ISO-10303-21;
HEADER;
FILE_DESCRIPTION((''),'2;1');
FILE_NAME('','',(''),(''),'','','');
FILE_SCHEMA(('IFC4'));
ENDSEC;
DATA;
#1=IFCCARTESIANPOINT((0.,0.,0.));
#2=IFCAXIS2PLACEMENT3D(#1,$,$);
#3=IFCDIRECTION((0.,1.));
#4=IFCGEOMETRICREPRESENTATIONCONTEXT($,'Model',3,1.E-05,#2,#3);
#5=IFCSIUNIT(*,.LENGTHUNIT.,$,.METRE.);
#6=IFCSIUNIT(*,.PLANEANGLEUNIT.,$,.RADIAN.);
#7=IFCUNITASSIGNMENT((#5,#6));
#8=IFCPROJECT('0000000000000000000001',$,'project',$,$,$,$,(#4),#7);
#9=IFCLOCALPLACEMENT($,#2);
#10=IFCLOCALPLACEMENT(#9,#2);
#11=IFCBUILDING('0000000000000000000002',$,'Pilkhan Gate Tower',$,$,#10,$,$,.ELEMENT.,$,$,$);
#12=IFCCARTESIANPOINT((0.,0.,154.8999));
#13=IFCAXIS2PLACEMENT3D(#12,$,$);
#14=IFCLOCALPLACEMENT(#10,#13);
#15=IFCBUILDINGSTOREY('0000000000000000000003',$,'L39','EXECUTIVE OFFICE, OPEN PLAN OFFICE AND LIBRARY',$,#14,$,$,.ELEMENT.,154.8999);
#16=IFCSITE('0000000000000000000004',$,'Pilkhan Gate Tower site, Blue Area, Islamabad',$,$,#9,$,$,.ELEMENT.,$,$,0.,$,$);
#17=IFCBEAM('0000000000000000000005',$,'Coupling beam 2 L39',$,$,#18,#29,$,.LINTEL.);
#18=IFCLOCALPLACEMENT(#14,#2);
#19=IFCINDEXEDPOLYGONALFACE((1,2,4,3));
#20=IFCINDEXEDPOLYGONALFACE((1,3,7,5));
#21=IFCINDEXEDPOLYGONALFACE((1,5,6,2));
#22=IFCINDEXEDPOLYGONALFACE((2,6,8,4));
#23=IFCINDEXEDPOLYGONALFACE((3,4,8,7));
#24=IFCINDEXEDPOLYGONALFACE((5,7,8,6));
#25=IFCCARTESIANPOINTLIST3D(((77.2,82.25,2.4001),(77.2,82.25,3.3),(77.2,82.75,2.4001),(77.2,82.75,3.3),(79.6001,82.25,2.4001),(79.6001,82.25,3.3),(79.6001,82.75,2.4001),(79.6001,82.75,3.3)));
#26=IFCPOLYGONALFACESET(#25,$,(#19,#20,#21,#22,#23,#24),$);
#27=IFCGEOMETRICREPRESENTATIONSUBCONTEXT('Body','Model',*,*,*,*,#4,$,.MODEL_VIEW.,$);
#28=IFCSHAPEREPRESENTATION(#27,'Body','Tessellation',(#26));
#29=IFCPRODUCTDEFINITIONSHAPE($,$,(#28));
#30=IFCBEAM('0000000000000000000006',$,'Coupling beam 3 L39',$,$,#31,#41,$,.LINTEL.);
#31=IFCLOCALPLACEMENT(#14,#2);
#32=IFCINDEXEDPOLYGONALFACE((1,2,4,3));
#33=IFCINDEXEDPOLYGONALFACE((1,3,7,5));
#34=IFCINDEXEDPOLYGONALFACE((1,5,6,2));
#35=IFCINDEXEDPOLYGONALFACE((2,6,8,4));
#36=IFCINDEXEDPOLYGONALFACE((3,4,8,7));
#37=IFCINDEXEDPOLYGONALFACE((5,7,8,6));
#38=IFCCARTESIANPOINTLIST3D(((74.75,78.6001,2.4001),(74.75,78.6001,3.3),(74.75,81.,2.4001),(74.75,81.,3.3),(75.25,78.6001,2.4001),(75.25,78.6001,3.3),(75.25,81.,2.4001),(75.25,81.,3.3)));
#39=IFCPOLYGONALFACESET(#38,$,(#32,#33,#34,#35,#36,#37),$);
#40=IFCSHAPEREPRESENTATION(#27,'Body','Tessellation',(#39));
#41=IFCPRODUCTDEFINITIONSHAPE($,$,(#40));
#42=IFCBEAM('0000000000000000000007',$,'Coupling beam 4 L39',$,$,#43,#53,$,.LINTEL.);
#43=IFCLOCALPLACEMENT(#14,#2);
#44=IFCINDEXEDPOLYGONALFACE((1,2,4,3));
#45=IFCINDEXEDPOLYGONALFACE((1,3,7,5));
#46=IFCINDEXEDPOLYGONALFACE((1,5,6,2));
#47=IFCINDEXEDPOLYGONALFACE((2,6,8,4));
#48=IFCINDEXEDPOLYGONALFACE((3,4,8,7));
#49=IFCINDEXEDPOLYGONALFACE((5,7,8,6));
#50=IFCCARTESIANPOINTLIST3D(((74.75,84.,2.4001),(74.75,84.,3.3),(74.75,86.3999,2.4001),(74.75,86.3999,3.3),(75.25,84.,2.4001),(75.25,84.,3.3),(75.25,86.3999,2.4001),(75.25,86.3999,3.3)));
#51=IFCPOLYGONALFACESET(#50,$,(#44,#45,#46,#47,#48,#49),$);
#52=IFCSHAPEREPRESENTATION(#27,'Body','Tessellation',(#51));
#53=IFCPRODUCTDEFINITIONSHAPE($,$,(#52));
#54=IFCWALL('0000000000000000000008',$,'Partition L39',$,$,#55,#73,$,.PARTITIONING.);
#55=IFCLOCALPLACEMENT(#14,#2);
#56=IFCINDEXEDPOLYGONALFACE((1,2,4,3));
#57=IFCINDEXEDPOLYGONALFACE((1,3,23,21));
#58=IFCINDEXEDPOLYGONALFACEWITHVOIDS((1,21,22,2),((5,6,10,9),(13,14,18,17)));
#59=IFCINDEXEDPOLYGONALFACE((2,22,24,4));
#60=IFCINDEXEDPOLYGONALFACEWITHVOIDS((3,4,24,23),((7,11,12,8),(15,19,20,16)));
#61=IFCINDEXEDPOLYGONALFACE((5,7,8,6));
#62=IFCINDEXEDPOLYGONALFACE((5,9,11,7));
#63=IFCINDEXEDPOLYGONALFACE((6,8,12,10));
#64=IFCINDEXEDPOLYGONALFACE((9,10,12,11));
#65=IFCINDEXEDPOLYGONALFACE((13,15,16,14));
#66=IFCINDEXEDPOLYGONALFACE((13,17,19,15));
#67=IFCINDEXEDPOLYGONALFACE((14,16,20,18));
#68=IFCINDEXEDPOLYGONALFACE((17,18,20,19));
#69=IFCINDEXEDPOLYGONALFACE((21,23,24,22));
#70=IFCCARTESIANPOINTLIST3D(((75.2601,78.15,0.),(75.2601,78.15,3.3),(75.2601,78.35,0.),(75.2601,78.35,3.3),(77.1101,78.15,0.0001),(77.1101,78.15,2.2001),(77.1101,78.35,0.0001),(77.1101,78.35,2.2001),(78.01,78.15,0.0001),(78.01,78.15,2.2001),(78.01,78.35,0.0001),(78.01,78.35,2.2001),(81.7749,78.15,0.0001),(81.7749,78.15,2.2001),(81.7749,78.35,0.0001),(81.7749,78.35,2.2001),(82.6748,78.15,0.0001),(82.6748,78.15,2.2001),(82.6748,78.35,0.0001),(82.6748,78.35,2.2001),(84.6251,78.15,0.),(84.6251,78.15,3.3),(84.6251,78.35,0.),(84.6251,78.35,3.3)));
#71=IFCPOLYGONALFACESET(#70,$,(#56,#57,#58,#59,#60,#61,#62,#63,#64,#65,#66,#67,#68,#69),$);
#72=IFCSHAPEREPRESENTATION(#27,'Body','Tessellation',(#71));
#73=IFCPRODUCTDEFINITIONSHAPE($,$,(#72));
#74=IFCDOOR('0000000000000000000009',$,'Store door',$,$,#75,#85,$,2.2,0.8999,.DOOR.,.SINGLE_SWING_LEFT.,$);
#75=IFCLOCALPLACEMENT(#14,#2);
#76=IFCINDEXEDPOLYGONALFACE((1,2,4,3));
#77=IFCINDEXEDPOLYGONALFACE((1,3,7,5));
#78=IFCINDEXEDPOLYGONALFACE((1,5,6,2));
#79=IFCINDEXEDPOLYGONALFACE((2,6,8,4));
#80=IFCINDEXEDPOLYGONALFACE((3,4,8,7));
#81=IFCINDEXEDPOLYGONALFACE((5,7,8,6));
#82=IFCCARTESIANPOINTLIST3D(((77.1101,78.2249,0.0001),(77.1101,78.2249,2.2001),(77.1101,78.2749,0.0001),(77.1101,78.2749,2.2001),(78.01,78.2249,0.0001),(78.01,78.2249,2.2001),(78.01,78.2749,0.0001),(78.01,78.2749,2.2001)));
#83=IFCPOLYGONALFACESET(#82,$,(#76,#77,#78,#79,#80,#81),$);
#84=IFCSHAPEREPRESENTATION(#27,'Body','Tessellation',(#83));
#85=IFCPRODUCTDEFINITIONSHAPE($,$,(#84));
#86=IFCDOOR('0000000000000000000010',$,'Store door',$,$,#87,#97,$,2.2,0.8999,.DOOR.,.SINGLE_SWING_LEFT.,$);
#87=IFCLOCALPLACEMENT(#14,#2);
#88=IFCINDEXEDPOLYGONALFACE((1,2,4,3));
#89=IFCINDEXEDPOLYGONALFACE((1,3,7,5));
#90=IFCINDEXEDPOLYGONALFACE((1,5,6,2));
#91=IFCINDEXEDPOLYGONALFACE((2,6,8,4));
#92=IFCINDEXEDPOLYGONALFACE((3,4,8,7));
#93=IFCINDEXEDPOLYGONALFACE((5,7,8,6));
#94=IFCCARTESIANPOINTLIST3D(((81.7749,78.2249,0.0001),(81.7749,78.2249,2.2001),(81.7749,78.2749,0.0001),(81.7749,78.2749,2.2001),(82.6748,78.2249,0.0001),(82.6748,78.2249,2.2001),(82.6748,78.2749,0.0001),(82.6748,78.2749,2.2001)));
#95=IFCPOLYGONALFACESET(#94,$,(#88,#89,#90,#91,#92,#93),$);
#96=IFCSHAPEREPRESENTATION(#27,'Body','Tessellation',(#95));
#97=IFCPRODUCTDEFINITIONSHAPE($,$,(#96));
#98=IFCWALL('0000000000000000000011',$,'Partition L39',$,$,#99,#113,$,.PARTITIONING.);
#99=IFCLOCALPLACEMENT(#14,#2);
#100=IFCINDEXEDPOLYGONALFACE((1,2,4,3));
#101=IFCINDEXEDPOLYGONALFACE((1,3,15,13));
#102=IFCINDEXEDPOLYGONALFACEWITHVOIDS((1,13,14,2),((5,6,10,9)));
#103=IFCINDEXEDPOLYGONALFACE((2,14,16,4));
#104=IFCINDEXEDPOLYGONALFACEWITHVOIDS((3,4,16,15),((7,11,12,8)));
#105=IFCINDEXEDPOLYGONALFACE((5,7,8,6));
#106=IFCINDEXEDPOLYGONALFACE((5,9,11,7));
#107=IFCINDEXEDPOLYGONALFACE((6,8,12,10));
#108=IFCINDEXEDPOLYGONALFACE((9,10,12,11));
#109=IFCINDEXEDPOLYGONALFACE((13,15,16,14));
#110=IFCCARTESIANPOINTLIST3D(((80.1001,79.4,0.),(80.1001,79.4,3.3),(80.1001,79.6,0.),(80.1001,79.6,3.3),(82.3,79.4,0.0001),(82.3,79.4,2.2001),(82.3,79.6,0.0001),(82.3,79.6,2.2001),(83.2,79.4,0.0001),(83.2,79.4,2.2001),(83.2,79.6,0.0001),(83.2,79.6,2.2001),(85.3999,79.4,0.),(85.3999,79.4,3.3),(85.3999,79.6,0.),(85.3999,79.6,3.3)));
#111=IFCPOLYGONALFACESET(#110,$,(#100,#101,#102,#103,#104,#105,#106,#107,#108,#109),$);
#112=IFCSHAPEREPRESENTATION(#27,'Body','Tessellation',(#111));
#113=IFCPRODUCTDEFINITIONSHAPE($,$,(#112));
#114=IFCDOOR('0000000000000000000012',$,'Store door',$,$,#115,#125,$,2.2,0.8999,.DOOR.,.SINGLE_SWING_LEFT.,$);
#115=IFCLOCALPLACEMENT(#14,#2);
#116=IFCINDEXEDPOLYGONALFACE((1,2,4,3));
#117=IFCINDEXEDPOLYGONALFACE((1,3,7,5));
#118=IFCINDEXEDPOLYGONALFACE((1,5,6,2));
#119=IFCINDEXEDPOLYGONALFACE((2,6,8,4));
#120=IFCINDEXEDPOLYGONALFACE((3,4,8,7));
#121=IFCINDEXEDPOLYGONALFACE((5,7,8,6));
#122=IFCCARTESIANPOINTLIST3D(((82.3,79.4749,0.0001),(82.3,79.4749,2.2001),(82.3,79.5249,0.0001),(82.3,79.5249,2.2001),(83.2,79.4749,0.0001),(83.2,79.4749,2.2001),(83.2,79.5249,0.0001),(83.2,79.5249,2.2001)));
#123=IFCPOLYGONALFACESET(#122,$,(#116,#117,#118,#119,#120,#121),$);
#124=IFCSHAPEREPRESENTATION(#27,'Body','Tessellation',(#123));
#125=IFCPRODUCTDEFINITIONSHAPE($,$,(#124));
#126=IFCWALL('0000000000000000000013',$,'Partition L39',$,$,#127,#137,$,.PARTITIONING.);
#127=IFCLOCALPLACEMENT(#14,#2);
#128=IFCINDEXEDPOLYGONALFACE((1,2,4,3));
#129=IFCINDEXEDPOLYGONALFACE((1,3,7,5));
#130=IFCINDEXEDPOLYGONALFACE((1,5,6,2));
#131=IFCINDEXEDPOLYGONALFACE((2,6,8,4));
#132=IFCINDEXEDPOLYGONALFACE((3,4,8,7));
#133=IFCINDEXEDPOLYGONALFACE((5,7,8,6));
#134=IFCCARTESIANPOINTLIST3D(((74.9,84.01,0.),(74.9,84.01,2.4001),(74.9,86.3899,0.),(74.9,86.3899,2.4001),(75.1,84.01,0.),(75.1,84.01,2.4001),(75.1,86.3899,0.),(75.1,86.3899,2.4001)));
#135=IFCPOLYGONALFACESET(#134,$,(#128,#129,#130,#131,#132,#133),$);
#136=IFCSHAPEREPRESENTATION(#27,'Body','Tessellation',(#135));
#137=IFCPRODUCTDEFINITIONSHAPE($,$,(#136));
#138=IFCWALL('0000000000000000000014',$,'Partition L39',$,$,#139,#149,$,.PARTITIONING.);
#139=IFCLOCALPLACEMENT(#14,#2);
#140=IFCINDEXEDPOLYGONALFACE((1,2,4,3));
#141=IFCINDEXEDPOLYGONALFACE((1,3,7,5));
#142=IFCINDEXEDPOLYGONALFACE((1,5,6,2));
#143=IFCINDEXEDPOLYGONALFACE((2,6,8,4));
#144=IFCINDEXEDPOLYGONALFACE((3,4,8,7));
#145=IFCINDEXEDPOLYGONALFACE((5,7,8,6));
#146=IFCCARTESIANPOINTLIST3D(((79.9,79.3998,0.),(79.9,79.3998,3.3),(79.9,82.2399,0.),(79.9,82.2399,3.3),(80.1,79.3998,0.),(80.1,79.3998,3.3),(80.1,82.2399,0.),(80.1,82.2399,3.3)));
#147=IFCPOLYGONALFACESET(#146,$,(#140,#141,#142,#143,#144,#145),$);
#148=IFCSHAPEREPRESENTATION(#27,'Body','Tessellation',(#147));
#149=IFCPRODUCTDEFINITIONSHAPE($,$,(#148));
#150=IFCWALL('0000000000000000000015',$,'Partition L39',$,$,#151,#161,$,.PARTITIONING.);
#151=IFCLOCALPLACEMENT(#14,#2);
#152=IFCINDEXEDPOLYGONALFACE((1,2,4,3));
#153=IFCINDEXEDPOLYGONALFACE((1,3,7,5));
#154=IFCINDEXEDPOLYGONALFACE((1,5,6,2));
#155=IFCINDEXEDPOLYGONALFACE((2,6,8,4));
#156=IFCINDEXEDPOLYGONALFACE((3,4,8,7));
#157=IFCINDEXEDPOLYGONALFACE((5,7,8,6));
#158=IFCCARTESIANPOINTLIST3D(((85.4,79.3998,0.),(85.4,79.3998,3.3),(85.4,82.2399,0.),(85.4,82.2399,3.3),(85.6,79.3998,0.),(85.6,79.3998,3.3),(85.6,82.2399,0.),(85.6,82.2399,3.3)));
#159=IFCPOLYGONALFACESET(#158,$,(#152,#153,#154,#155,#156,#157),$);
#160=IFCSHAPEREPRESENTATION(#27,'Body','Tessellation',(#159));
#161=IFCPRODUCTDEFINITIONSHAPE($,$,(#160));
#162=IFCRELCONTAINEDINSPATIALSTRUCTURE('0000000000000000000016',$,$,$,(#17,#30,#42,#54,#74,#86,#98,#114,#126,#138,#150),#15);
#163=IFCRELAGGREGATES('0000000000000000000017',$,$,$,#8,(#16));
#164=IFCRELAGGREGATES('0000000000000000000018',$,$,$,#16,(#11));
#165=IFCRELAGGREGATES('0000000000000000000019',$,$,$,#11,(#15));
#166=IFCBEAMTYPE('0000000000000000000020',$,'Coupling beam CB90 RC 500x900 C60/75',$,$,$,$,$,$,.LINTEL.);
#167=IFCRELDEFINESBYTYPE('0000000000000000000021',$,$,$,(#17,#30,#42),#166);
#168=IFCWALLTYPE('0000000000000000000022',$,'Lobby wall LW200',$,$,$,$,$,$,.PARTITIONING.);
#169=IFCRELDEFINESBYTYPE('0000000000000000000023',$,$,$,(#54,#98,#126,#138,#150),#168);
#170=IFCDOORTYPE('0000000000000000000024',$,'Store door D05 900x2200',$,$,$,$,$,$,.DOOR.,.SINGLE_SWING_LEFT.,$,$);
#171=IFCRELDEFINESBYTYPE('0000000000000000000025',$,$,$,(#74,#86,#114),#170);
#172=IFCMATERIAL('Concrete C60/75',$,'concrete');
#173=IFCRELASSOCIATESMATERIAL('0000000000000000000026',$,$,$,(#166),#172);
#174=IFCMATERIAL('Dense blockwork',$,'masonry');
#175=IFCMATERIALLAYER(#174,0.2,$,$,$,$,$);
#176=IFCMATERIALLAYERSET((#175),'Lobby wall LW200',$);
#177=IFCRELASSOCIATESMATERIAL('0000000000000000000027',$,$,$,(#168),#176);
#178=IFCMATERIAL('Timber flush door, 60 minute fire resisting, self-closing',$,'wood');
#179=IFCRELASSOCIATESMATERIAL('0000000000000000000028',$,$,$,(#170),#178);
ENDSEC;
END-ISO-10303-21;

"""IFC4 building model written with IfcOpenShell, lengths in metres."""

from ifc_helpers import new_model, si_unit, direction, frame, frame_2d, origin, origin_2d, place, context, subcontext, project, spatial, rectangle, extrude, material, layer, layer_set, material_profile, profile_set, type_object, element, fill, save


model = new_model("IFC4")

# Units and contexts
model_context = context("Model", 3, precision=1e-05, world=origin(), true_north=direction((0.0, 1.0)))
body_context = subcontext(model_context, "Body", "Model", "MODEL_VIEW")
ifc_project = project(units=[si_unit("LENGTHUNIT", "METRE"), si_unit("PLANEANGLEUNIT", "RADIAN")], contexts=[model_context])

# Site, building, storey
site_placement = place(None, origin())
site = spatial("IfcSite", under=ifc_project, at=site_placement, Name="Pilkhan Gate Tower site, Blue Area, Islamabad", CompositionType="ELEMENT", RefElevation=0.0)
building_placement = place(site_placement, origin())
building = spatial("IfcBuilding", under=site, at=building_placement, Name="Pilkhan Gate Tower", CompositionType="ELEMENT")
storey_placement = place(building_placement, frame((0.0, 0.0, 154.8999)))
storey = spatial("IfcBuildingStorey", under=building, at=storey_placement, Name="L39", Description="EXECUTIVE OFFICE, OPEN PLAN OFFICE AND LIBRARY", CompositionType="ELEMENT", Elevation=154.8999)

# Beams
ifc_material_1 = material(Name="Concrete C60/75", Category="concrete")
ifc_material_profile = material_profile(ifc_material_1, rectangle(XDim=0.5, YDim=0.8999, at=origin_2d()), Name="RC 500x900")
ifc_profile_set = profile_set([ifc_material_profile], Name="Concrete C60/75")
beam_type = type_object("IfcBeamType", Name="Coupling beam CB90 RC 500x900 C60/75", PredefinedType="LINTEL", material=ifc_profile_set)
beam_placement = place(storey_placement, frame((77.2, 82.5, 2.8501), z_axis=(1.0, 0.0, 0.0), x_axis=(0.0, 1.0, 0.0)))
element("IfcBeam", 1, at=beam_placement, inside=storey, type_object=beam_type, Name="Coupling beam 2 L39", PredefinedType="LINTEL", context=body_context, shape_type="SweptSolid", body=[
    extrude(rectangle(XDim=0.5, YDim=0.8999, at=origin_2d()), origin(), (0.0, 0.0, 1.0), 2.4001),
])
for number, where, z_axis, x_axis, name in (
    (2, (75.0, 78.6001, 2.8501), (0.0, 1.0, 0.0), (-1.0, 0.0, 0.0), "Coupling beam 3 L39"),
    (3, (75.0, 84.0, 2.8501), (0.0, 1.0, 0.0), (-1.0, 0.0, 0.0), "Coupling beam 4 L39"),
):
    element("IfcBeam", number, at=place(storey_placement, frame(where, z_axis=z_axis, x_axis=x_axis)), inside=storey, type_object=beam_type, Name=name, PredefinedType="LINTEL", context=body_context, shape_type="SweptSolid", body=[
        extrude(rectangle(XDim=0.5, YDim=0.8999, at=origin_2d()), origin(), (0.0, 0.0, 1.0), 2.3999),
    ])

# Wall, openings, doors
ifc_material_2 = material(Name="Dense blockwork", Category="masonry")
ifc_layer_1 = layer(ifc_material_2, 0.2)
ifc_layer_set_1 = layer_set([ifc_layer_1], Name="Lobby wall LW200")
wall_type_1 = type_object("IfcWallType", Name="Lobby wall LW200", PredefinedType="PARTITIONING", material=ifc_layer_set_1)
wall_1_placement = place(storey_placement, frame((75.26, 78.25, 0.0), z_axis=(0.0, 0.0, 1.0), x_axis=(1.0, 0.0, 0.0)))
wall_1 = element("IfcWall", 4, at=wall_1_placement, inside=storey, type_object=wall_type_1, Name="Partition L39", PredefinedType="PARTITIONING", context=body_context, shape_type="SweptSolid", body=[
    extrude(rectangle(XDim=9.365, YDim=0.2, at=frame_2d((4.6826, 0.0))), origin(), (0.0, 0.0, 1.0), 3.3),
])
opening_1_placement = place(wall_1_placement, frame((1.8501, 0.0, 0.0)))
opening_1 = element("IfcOpeningElement", 5, at=opening_1_placement, cuts=wall_1, PredefinedType="OPENING", context=body_context, shape_type="SweptSolid", body=[
    extrude(rectangle(XDim=0.8999, YDim=2.2, at=frame_2d((0.45, 1.1001))), frame((0.0, 0.1099, 0.0), z_axis=(0.0, -1.0, 0.0), x_axis=(1.0, 0.0, 0.0)), (0.0, 0.0, 1.0), 0.22),
])
opening_2_placement = place(wall_1_placement, frame((6.5149, 0.0, 0.0)))
opening_2 = element("IfcOpeningElement", 6, at=opening_2_placement, cuts=wall_1, PredefinedType="OPENING", context=body_context, shape_type="SweptSolid", body=[
    extrude(rectangle(XDim=0.8999, YDim=2.2, at=frame_2d((0.45, 1.1001))), frame((0.0, 0.1099, 0.0), z_axis=(0.0, -1.0, 0.0), x_axis=(1.0, 0.0, 0.0)), (0.0, 0.0, 1.0), 0.22),
])
ifc_material_3 = material(Name="Timber flush door, 60 minute fire resisting, self-closing", Category="wood")
door_type_1 = type_object("IfcDoorType", Name="Store door D05 900x2200", OperationType="SINGLE_SWING_LEFT", PredefinedType="DOOR", material=ifc_material_3)
door_1_placement = place(opening_1_placement, origin())
door_1 = element("IfcDoor", 7, at=door_1_placement, inside=storey, type_object=door_type_1, Name="Store door", OperationType="SINGLE_SWING_LEFT", OverallHeight=2.2, OverallWidth=0.8999, PredefinedType="DOOR", context=body_context, shape_type="SweptSolid", body=[
    extrude(rectangle(XDim=0.8999, YDim=2.2, at=frame_2d((0.45, 1.1001))), frame((0.0, 0.0249, 0.0), z_axis=(0.0, -1.0, 0.0), x_axis=(1.0, 0.0, 0.0)), (0.0, 0.0, 1.0), 0.05),
])
fill(opening_1, door_1)
door_2_placement = place(opening_2_placement, origin())
door_2 = element("IfcDoor", 8, at=door_2_placement, inside=storey, type_object=door_type_1, Name="Store door", OperationType="SINGLE_SWING_LEFT", OverallHeight=2.2, OverallWidth=0.8999, PredefinedType="DOOR", context=body_context, shape_type="SweptSolid", body=[
    extrude(rectangle(XDim=0.8999, YDim=2.2, at=frame_2d((0.45, 1.1001))), frame((0.0, 0.0249, 0.0), z_axis=(0.0, -1.0, 0.0), x_axis=(1.0, 0.0, 0.0)), (0.0, 0.0, 1.0), 0.05),
])
fill(opening_2, door_2)

# Wall, opening, door
wall_2_placement = place(storey_placement, frame((80.1001, 79.5, 0.0), z_axis=(0.0, 0.0, 1.0), x_axis=(1.0, 0.0, 0.0)))
wall_2 = element("IfcWall", 9, at=wall_2_placement, inside=storey, type_object=wall_type_1, Name="Partition L39", PredefinedType="PARTITIONING", context=body_context, shape_type="SweptSolid", body=[
    extrude(rectangle(XDim=5.2998, YDim=0.2, at=frame_2d((2.6499, 0.0))), origin(), (0.0, 0.0, 1.0), 3.3),
])
opening_3_placement = place(wall_2_placement, frame((2.2, 0.0, 0.0)))
opening_3 = element("IfcOpeningElement", 10, at=opening_3_placement, cuts=wall_2, PredefinedType="OPENING", context=body_context, shape_type="SweptSolid", body=[
    extrude(rectangle(XDim=0.8999, YDim=2.2, at=frame_2d((0.45, 1.1001))), frame((0.0, 0.1099, 0.0), z_axis=(0.0, -1.0, 0.0), x_axis=(1.0, 0.0, 0.0)), (0.0, 0.0, 1.0), 0.22),
])
door_3_placement = place(opening_3_placement, origin())
door_3 = element("IfcDoor", 11, at=door_3_placement, inside=storey, type_object=door_type_1, Name="Store door", OperationType="SINGLE_SWING_LEFT", OverallHeight=2.2, OverallWidth=0.8999, PredefinedType="DOOR", context=body_context, shape_type="SweptSolid", body=[
    extrude(rectangle(XDim=0.8999, YDim=2.2, at=frame_2d((0.45, 1.1001))), frame((0.0, 0.0249, 0.0), z_axis=(0.0, -1.0, 0.0), x_axis=(1.0, 0.0, 0.0)), (0.0, 0.0, 1.0), 0.05),
])
fill(opening_3, door_3)

# Walls
wall_3_placement = place(storey_placement, frame((75.0, 84.01, 0.0), z_axis=(0.0, 0.0, 1.0), x_axis=(0.0, 1.0, 0.0)))
element("IfcWall", 12, at=wall_3_placement, inside=storey, type_object=wall_type_1, Name="Partition L39", PredefinedType="PARTITIONING", context=body_context, shape_type="SweptSolid", body=[
    extrude(rectangle(XDim=2.3799, YDim=0.2, at=frame_2d((1.1899, 0.0))), origin(), (0.0, 0.0, 1.0), 2.4001),
])
for number, where, z_axis, x_axis, name in (
    (13, (80.0, 79.3999, 0.0), (0.0, 0.0, 1.0), (0.0, 1.0, 0.0), "Partition L39"),
    (14, (85.5, 79.3999, 0.0), (0.0, 0.0, 1.0), (0.0, 1.0, 0.0), "Partition L39"),
):
    element("IfcWall", number, at=place(storey_placement, frame(where, z_axis=z_axis, x_axis=x_axis)), inside=storey, type_object=wall_type_1, Name=name, PredefinedType="PARTITIONING", context=body_context, shape_type="SweptSolid", body=[
        extrude(rectangle(XDim=2.8401, YDim=0.2, at=frame_2d((1.4199, 0.0))), origin(), (0.0, 0.0, 1.0), 3.3),
    ])

save(model, "model.ifc")
